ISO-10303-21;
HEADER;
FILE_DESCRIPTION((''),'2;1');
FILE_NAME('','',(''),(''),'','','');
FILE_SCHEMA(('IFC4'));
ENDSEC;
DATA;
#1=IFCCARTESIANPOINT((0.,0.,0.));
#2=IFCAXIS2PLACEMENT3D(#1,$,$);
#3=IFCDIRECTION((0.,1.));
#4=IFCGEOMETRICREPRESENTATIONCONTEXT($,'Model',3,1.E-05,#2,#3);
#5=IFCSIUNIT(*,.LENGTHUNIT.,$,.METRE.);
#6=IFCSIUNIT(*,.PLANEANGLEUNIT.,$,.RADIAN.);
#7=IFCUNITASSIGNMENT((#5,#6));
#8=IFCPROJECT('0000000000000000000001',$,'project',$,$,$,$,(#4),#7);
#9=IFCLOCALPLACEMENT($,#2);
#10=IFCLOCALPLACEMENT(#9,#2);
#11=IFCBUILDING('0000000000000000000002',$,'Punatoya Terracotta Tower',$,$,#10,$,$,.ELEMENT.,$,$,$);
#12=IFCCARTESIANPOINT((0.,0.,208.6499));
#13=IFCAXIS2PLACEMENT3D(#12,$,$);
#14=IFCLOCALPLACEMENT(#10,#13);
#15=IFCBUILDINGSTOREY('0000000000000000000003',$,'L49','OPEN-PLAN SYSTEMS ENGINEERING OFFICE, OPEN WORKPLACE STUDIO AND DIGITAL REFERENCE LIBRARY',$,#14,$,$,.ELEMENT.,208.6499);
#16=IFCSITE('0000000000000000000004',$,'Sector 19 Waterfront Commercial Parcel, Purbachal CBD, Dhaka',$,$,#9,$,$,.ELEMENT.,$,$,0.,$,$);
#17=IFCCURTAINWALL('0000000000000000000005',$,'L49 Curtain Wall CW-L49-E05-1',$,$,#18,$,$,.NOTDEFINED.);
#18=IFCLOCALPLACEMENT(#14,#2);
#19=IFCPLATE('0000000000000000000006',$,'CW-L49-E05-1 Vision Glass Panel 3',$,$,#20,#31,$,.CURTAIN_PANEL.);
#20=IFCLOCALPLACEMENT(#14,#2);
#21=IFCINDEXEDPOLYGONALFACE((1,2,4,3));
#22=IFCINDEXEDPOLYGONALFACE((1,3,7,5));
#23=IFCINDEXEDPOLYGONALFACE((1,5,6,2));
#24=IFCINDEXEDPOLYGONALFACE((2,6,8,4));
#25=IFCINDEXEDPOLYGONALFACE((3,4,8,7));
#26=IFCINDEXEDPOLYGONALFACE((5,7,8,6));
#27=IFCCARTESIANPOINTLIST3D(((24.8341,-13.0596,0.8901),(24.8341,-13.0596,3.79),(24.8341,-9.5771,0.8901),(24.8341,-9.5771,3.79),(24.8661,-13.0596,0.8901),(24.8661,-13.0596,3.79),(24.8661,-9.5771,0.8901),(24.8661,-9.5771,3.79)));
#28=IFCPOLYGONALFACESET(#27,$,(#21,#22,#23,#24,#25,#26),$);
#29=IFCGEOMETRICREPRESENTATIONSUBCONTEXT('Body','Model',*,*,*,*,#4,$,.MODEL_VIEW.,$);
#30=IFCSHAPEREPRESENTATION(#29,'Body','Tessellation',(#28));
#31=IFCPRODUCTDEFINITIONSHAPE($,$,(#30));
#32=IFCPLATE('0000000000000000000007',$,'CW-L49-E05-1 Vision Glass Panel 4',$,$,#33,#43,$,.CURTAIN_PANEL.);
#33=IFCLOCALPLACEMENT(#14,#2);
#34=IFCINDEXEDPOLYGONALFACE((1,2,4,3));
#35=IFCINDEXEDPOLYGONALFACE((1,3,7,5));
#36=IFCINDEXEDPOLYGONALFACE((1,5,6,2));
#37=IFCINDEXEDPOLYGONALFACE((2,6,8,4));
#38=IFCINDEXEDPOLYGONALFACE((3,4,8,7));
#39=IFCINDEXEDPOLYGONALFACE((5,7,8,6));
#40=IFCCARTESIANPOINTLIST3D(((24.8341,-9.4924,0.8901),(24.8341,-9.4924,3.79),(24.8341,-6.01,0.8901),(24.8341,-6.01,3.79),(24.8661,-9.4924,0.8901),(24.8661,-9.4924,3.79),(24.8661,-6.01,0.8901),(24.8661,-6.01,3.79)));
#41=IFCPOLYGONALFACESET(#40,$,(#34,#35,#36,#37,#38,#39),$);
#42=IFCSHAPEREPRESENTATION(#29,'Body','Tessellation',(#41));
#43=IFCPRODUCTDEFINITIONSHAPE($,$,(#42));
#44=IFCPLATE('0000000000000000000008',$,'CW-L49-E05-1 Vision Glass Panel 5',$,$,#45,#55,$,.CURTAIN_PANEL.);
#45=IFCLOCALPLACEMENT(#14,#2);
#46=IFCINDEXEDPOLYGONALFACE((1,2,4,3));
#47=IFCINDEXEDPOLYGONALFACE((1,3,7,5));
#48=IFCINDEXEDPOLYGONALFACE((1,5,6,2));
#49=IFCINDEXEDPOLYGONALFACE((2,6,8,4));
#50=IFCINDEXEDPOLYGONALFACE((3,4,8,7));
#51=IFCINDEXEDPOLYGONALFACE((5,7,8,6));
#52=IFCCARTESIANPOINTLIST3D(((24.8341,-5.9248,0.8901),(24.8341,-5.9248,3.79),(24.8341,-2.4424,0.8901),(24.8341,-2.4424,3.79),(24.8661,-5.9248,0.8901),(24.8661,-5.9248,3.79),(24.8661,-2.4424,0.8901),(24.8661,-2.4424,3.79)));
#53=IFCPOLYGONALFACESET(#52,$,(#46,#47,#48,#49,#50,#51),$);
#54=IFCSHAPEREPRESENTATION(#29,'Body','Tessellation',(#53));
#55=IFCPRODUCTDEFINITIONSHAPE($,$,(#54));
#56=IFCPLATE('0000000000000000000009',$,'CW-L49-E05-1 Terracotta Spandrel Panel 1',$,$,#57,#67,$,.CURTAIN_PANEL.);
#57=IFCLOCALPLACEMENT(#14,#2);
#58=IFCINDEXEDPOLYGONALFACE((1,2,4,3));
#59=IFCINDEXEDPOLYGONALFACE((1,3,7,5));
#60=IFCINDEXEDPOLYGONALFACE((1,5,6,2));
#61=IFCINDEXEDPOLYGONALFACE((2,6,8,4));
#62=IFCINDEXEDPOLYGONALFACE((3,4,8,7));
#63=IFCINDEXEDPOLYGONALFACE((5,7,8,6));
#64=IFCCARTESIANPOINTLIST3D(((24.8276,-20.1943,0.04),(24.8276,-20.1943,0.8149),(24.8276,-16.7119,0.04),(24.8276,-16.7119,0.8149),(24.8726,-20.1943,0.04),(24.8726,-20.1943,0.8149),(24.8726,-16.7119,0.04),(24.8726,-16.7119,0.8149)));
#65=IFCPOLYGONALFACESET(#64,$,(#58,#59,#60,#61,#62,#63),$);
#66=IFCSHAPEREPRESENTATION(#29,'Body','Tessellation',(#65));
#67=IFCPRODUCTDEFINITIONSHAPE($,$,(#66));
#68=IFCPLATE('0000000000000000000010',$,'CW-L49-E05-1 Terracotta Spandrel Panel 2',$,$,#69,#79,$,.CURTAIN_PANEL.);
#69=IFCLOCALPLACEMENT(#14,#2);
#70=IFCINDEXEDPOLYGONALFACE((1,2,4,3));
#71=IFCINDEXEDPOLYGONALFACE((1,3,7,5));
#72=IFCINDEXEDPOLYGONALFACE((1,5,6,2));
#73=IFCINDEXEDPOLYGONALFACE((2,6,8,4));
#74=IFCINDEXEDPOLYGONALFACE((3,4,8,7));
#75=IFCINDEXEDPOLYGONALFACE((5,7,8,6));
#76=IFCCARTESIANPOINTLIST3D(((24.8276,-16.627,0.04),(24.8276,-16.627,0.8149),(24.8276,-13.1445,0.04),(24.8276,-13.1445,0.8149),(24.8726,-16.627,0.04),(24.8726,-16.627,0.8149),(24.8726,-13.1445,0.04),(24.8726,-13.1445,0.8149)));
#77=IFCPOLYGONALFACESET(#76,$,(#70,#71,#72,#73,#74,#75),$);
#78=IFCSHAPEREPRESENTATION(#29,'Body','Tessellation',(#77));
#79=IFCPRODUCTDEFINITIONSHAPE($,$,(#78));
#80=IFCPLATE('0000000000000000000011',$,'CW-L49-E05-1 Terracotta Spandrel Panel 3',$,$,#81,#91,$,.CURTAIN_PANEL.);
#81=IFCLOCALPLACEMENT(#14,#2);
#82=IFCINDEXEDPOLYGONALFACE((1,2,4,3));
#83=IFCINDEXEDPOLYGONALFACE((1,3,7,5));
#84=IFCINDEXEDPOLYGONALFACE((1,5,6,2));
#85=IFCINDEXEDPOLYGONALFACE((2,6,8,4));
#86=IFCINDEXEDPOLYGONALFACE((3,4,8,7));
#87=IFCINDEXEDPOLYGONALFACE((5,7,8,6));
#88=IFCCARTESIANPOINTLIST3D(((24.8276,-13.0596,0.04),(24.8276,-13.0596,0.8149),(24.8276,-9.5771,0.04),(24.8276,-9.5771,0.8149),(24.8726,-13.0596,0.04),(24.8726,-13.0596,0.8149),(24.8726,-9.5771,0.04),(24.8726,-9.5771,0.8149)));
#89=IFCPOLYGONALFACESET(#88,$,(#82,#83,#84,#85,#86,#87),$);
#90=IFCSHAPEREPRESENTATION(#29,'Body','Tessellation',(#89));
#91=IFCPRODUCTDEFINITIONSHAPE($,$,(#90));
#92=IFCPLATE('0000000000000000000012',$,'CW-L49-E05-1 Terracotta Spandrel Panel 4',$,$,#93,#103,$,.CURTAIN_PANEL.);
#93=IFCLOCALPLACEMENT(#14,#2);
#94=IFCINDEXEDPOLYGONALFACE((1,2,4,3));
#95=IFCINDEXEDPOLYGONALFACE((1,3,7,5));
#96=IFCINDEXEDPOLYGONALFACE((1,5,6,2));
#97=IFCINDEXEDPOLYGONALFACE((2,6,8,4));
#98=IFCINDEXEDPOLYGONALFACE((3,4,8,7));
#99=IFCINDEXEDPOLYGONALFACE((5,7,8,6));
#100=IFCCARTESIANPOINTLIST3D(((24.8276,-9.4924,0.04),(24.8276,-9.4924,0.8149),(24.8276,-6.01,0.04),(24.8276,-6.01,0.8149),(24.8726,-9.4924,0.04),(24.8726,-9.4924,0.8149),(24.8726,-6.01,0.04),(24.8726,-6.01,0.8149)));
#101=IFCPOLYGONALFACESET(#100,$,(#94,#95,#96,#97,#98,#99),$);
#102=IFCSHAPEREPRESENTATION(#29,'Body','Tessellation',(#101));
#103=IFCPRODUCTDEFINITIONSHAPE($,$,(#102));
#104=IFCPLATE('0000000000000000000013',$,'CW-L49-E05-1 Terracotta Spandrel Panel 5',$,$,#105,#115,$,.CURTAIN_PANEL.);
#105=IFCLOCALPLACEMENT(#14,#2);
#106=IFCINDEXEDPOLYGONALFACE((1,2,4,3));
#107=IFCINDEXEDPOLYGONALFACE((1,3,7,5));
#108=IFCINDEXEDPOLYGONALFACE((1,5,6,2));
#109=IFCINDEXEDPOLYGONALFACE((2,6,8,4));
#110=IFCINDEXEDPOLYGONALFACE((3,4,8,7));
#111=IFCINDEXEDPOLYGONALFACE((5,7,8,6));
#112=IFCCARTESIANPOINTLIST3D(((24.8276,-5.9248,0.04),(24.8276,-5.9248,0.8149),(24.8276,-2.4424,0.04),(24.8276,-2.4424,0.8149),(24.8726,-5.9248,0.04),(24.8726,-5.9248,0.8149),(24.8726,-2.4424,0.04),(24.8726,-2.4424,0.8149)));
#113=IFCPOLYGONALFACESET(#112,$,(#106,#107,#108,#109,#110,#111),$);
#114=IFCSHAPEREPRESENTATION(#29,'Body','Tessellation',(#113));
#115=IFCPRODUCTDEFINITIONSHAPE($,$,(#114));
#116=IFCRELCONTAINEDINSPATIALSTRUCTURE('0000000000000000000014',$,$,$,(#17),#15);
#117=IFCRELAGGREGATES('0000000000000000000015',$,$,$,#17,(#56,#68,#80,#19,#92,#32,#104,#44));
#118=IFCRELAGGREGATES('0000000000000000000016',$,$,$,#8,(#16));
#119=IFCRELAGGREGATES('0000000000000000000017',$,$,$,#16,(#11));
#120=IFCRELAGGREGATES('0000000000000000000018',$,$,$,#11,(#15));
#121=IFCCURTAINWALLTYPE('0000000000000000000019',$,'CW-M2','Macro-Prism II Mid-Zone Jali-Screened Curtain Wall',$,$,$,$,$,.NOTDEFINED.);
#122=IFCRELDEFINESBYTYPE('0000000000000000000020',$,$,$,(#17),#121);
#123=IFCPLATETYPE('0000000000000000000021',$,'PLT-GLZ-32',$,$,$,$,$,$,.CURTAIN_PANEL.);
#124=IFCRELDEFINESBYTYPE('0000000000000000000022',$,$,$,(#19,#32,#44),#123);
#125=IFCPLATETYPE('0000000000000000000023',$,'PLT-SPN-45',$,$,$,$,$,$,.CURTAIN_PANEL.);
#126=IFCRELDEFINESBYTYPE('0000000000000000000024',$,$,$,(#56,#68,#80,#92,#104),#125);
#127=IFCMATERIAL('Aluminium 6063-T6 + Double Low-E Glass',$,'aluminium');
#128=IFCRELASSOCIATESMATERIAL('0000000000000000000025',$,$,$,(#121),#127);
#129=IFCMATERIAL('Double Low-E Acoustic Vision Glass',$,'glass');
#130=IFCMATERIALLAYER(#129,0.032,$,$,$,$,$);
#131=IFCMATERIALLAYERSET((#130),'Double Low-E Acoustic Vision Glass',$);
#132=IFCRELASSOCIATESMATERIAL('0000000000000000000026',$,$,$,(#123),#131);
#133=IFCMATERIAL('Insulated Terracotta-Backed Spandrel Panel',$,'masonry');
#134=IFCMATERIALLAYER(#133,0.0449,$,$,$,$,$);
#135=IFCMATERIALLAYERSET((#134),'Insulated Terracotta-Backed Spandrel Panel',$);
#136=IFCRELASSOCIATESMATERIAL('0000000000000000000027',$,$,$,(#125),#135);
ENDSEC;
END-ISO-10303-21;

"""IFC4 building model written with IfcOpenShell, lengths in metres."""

from ifc_helpers import new_model, si_unit, direction, frame, origin, origin_2d, place, context, subcontext, project, spatial, rectangle, extrude, material, layer, layer_set, type_object, element, aggregate, save


model = new_model("IFC4")

# Units and contexts
model_context = context("Model", 3, precision=1e-05, world=origin(), true_north=direction((0.0, 1.0)))
body_context = subcontext(model_context, "Body", "Model", "MODEL_VIEW")
ifc_project = project(units=[si_unit("LENGTHUNIT", "METRE"), si_unit("PLANEANGLEUNIT", "RADIAN")], contexts=[model_context])

# Site, building, storey
site_placement = place(None, origin())
site = spatial("IfcSite", under=ifc_project, at=site_placement, Name="Sector 19 Waterfront Commercial Parcel, Purbachal CBD, Dhaka", CompositionType="ELEMENT", RefElevation=0.0)
building_placement = place(site_placement, origin())
building = spatial("IfcBuilding", under=site, at=building_placement, Name="Punatoya Terracotta Tower", CompositionType="ELEMENT")
storey_placement = place(building_placement, frame((0.0, 0.0, 208.6499)))
storey = spatial("IfcBuildingStorey", under=building, at=storey_placement, Name="L49", Description="OPEN-PLAN SYSTEMS ENGINEERING OFFICE, OPEN WORKPLACE STUDIO AND DIGITAL REFERENCE LIBRARY", CompositionType="ELEMENT", Elevation=208.6499)

# Curtain wall, plates
ifc_material_1 = material(Name="Aluminium 6063-T6 + Double Low-E Glass", Category="aluminium")
curtain_wall_type = type_object("IfcCurtainWallType", Name="CW-M2", Description="Macro-Prism II Mid-Zone Jali-Screened Curtain Wall", PredefinedType="NOTDEFINED", material=ifc_material_1)
curtain_wall_placement = place(storey_placement, origin())
curtain_wall = element("IfcCurtainWall", 1, at=curtain_wall_placement, inside=storey, type_object=curtain_wall_type, Name="L49 Curtain Wall CW-L49-E05-1", PredefinedType="NOTDEFINED")
ifc_material_2 = material(Name="Double Low-E Acoustic Vision Glass", Category="glass")
ifc_layer_1 = layer(ifc_material_2, 0.032)
ifc_layer_set_1 = layer_set([ifc_layer_1], Name="Double Low-E Acoustic Vision Glass")
plate_type_1 = type_object("IfcPlateType", Name="PLT-GLZ-32", PredefinedType="CURTAIN_PANEL", material=ifc_layer_set_1)
plate_1_placement = place(storey_placement, frame((24.8501, -11.3184, 0.8901), z_axis=(0.0, 0.0, 1.0), x_axis=(0.0, 1.0, 0.0)))
plate_1 = element("IfcPlate", 2, at=plate_1_placement, type_object=plate_type_1, Name="CW-L49-E05-1 Vision Glass Panel 3", PredefinedType="CURTAIN_PANEL", context=body_context, shape_type="SweptSolid", body=[
    extrude(rectangle(XDim=3.4824, YDim=0.032, at=origin_2d()), origin(), (0.0, 0.0, 1.0), 2.8999),
])
plate_2_placement = place(storey_placement, frame((24.8501, -7.7512, 0.8901), z_axis=(0.0, 0.0, 1.0), x_axis=(0.0, 1.0, 0.0)))
plate_2 = element("IfcPlate", 3, at=plate_2_placement, type_object=plate_type_1, Name="CW-L49-E05-1 Vision Glass Panel 4", PredefinedType="CURTAIN_PANEL", context=body_context, shape_type="SweptSolid", body=[
    extrude(rectangle(XDim=3.4824, YDim=0.032, at=origin_2d()), origin(), (0.0, 0.0, 1.0), 2.8999),
])
plate_3_placement = place(storey_placement, frame((24.8501, -4.1836, 0.8901), z_axis=(0.0, 0.0, 1.0), x_axis=(0.0, 1.0, 0.0)))
plate_3 = element("IfcPlate", 4, at=plate_3_placement, type_object=plate_type_1, Name="CW-L49-E05-1 Vision Glass Panel 5", PredefinedType="CURTAIN_PANEL", context=body_context, shape_type="SweptSolid", body=[
    extrude(rectangle(XDim=3.4824, YDim=0.032, at=origin_2d()), origin(), (0.0, 0.0, 1.0), 2.8999),
])
ifc_material_3 = material(Name="Insulated Terracotta-Backed Spandrel Panel", Category="masonry")
ifc_layer_2 = layer(ifc_material_3, 0.0449)
ifc_layer_set_2 = layer_set([ifc_layer_2], Name="Insulated Terracotta-Backed Spandrel Panel")
plate_type_2 = type_object("IfcPlateType", Name="PLT-SPN-45", PredefinedType="CURTAIN_PANEL", material=ifc_layer_set_2)
plate_4_placement = place(storey_placement, frame((24.8501, -18.4531, 0.04), z_axis=(0.0, 0.0, 1.0), x_axis=(0.0, 1.0, 0.0)))
plate_4 = element("IfcPlate", 5, at=plate_4_placement, type_object=plate_type_2, Name="CW-L49-E05-1 Terracotta Spandrel Panel 1", PredefinedType="CURTAIN_PANEL", context=body_context, shape_type="SweptSolid", body=[
    extrude(rectangle(XDim=3.4824, YDim=0.0449, at=origin_2d()), origin(), (0.0, 0.0, 1.0), 0.7749),
])
plate_5_placement = place(storey_placement, frame((24.8501, -14.8857, 0.04), z_axis=(0.0, 0.0, 1.0), x_axis=(0.0, 1.0, 0.0)))
plate_5 = element("IfcPlate", 6, at=plate_5_placement, type_object=plate_type_2, Name="CW-L49-E05-1 Terracotta Spandrel Panel 2", PredefinedType="CURTAIN_PANEL", context=body_context, shape_type="SweptSolid", body=[
    extrude(rectangle(XDim=3.4824, YDim=0.0449, at=origin_2d()), origin(), (0.0, 0.0, 1.0), 0.7749),
])
plate_6_placement = place(storey_placement, frame((24.8501, -11.3184, 0.04), z_axis=(0.0, 0.0, 1.0), x_axis=(0.0, 1.0, 0.0)))
plate_6 = element("IfcPlate", 7, at=plate_6_placement, type_object=plate_type_2, Name="CW-L49-E05-1 Terracotta Spandrel Panel 3", PredefinedType="CURTAIN_PANEL", context=body_context, shape_type="SweptSolid", body=[
    extrude(rectangle(XDim=3.4824, YDim=0.0449, at=origin_2d()), origin(), (0.0, 0.0, 1.0), 0.7749),
])
plate_7_placement = place(storey_placement, frame((24.8501, -7.7512, 0.04), z_axis=(0.0, 0.0, 1.0), x_axis=(0.0, 1.0, 0.0)))
plate_7 = element("IfcPlate", 8, at=plate_7_placement, type_object=plate_type_2, Name="CW-L49-E05-1 Terracotta Spandrel Panel 4", PredefinedType="CURTAIN_PANEL", context=body_context, shape_type="SweptSolid", body=[
    extrude(rectangle(XDim=3.4824, YDim=0.0449, at=origin_2d()), origin(), (0.0, 0.0, 1.0), 0.7749),
])
plate_8_placement = place(storey_placement, frame((24.8501, -4.1836, 0.04), z_axis=(0.0, 0.0, 1.0), x_axis=(0.0, 1.0, 0.0)))
plate_8 = element("IfcPlate", 9, at=plate_8_placement, type_object=plate_type_2, Name="CW-L49-E05-1 Terracotta Spandrel Panel 5", PredefinedType="CURTAIN_PANEL", context=body_context, shape_type="SweptSolid", body=[
    extrude(rectangle(XDim=3.4824, YDim=0.0449, at=origin_2d()), origin(), (0.0, 0.0, 1.0), 0.7749),
])
aggregate(curtain_wall, [plate_4, plate_5, plate_6, plate_1, plate_7, plate_2, plate_8, plate_3])

save(model, "model.ifc")
